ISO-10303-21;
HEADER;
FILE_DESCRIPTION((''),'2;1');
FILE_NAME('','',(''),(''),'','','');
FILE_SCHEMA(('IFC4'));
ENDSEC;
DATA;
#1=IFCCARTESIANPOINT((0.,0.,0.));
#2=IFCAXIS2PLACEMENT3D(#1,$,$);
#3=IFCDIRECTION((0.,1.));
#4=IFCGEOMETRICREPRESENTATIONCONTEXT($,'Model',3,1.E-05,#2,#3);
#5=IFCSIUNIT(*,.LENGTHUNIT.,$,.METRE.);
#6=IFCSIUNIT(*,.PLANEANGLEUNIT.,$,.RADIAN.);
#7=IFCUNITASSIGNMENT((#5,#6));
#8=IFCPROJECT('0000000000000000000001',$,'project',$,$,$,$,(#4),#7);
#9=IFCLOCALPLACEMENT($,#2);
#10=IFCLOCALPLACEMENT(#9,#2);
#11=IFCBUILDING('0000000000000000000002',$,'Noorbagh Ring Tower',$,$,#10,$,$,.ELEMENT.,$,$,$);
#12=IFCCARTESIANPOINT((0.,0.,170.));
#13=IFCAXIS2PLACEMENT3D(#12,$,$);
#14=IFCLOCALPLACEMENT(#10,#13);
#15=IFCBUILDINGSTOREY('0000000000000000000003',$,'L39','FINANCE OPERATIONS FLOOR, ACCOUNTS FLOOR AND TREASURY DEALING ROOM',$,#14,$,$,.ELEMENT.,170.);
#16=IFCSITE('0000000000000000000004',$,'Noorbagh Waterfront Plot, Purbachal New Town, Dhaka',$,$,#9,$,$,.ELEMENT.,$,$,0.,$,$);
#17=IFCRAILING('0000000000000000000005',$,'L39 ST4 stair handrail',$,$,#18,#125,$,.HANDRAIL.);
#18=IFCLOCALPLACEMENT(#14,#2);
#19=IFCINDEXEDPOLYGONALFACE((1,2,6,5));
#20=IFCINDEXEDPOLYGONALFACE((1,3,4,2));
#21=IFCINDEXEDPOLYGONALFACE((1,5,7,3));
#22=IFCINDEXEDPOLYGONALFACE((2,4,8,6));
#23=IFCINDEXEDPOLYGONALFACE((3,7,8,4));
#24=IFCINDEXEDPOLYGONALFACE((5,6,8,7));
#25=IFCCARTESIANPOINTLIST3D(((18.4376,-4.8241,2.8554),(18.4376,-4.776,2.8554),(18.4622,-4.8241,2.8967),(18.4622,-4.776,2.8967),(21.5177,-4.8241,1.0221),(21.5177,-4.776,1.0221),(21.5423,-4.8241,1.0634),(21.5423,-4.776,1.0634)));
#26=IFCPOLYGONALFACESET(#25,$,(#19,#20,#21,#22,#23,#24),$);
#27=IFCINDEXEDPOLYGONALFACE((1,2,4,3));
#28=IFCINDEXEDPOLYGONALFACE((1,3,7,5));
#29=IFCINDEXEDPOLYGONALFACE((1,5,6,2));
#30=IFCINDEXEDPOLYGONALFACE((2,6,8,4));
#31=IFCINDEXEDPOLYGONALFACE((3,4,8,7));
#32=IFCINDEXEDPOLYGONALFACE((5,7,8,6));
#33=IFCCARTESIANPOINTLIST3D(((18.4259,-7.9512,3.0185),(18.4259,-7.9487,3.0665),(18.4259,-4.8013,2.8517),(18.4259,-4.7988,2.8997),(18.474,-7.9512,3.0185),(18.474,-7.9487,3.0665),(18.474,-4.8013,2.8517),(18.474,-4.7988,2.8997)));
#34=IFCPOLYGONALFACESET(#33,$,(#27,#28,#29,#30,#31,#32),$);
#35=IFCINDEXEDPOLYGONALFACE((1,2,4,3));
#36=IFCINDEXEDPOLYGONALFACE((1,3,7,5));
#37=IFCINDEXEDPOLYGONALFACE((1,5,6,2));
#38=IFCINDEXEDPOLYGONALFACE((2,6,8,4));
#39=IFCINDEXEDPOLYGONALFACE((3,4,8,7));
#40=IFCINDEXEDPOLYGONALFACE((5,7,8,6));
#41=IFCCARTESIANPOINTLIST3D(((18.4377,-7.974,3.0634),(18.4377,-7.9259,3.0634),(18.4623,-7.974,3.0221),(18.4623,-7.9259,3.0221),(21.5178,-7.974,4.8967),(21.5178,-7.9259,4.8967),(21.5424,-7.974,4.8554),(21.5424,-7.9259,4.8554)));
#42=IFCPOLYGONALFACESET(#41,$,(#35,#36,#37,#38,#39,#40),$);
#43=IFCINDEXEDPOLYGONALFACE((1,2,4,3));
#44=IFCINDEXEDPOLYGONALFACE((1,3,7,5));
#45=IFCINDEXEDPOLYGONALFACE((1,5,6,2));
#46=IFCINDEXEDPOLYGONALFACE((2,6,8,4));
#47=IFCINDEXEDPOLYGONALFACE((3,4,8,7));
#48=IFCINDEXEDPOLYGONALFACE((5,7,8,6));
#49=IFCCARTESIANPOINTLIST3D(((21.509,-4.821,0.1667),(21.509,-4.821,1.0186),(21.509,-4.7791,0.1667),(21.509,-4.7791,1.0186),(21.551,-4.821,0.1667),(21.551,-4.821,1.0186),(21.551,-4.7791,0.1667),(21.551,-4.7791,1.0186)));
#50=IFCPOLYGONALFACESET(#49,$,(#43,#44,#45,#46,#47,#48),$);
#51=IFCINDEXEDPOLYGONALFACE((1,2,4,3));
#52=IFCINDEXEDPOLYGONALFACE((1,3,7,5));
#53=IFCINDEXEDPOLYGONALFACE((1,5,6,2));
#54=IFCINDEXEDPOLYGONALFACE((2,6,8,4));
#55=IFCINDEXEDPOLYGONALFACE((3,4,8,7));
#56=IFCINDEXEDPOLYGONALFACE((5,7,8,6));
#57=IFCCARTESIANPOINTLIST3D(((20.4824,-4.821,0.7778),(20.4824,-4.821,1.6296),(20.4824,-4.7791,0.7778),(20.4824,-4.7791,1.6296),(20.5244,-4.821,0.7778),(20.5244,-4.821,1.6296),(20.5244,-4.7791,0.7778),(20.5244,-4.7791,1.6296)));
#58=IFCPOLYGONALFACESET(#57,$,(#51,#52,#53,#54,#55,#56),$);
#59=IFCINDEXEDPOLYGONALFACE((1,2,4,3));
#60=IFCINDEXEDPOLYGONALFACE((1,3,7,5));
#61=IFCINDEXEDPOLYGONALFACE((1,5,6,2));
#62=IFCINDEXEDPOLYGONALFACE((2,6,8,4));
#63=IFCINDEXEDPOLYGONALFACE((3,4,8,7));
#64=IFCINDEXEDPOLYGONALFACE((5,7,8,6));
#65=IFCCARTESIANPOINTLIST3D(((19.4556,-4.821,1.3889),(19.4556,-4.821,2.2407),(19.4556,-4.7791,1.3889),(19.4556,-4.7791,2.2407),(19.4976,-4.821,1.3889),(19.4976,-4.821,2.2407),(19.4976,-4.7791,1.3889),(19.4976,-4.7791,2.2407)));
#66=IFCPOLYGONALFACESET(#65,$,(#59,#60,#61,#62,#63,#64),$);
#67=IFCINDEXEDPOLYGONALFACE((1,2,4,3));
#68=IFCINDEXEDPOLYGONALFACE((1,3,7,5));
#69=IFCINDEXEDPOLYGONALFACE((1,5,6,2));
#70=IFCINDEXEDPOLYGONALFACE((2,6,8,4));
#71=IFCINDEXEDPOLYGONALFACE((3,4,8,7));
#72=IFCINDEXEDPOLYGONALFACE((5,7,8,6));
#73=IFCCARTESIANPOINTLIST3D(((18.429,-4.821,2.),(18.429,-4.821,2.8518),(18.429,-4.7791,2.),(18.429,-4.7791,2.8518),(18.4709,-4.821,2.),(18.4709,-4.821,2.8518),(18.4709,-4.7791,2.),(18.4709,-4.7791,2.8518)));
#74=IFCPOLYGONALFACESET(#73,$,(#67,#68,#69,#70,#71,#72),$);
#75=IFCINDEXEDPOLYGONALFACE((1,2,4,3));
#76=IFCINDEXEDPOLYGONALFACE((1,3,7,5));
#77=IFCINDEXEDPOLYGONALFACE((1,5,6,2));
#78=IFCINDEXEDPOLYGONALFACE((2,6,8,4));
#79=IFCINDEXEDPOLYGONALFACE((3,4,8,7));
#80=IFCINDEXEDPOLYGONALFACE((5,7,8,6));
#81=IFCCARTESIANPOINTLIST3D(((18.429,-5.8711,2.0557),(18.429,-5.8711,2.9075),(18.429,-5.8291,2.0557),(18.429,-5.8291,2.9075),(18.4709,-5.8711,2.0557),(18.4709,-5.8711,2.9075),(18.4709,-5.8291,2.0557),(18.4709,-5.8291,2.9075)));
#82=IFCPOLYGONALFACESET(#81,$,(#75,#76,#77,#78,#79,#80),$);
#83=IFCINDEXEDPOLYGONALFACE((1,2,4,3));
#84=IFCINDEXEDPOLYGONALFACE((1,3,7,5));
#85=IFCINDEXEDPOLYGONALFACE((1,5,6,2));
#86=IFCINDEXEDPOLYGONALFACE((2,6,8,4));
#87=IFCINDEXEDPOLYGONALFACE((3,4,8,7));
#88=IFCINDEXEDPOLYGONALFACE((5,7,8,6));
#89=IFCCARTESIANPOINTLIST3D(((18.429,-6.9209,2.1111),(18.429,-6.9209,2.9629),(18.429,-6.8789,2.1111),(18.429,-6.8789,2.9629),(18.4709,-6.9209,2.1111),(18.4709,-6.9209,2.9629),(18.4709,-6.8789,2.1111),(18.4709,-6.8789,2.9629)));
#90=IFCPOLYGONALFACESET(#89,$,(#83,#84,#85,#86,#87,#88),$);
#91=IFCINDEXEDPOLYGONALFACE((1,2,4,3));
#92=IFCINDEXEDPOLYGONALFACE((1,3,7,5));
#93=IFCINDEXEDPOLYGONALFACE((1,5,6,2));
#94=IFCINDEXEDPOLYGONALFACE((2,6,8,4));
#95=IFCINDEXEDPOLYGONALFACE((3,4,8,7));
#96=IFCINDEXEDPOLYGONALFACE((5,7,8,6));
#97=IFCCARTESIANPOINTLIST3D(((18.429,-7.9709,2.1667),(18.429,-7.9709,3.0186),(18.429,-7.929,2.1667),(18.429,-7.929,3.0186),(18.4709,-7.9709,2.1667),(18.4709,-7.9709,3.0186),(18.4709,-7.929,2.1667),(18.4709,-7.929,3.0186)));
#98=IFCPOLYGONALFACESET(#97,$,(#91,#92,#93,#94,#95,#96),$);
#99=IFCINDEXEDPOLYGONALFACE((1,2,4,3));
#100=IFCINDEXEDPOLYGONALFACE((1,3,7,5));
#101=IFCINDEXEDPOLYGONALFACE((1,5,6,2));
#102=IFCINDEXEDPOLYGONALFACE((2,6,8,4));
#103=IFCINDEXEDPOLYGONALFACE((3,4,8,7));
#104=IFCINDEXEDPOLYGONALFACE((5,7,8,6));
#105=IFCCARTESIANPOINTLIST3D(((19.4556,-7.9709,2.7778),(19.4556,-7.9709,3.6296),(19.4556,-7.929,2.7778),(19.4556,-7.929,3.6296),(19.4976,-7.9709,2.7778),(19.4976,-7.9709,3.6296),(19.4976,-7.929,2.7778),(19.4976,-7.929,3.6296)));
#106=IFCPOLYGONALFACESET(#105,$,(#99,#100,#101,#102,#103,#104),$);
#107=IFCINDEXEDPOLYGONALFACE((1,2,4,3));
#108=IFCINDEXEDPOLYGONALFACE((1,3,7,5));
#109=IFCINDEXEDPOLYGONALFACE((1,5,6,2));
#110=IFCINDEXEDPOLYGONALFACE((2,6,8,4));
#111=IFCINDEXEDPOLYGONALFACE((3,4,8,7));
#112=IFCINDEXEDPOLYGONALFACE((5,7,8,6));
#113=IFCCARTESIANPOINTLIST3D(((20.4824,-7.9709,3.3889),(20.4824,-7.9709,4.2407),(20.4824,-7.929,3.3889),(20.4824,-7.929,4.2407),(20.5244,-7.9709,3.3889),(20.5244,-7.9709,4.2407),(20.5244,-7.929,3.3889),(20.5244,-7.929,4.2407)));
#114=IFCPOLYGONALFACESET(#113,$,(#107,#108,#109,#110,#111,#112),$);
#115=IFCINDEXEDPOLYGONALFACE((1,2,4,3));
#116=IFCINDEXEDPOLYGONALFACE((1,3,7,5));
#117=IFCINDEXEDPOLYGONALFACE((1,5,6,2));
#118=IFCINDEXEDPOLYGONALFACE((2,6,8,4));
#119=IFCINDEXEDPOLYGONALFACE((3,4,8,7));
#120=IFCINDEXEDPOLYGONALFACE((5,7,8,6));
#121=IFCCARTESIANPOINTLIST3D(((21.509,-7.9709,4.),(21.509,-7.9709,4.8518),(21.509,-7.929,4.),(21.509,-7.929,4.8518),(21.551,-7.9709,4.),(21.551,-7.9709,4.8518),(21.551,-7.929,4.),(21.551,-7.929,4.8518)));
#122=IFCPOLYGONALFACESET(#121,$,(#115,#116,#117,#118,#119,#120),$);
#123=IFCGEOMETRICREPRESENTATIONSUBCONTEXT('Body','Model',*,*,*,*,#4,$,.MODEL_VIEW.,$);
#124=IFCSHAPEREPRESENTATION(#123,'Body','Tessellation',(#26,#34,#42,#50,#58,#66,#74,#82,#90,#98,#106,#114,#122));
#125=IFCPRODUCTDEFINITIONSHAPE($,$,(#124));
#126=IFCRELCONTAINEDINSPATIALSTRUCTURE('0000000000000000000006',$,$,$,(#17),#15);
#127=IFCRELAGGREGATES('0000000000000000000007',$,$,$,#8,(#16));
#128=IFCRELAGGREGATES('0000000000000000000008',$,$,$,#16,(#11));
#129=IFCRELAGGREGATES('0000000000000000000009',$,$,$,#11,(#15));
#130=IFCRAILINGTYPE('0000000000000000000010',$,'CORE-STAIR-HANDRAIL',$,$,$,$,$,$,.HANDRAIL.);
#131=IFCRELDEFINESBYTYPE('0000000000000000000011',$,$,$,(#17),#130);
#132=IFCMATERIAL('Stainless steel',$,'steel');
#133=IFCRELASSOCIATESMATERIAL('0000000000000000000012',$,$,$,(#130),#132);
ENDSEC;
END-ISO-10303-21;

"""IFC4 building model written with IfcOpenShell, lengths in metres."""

from ifc_helpers import new_model, si_unit, direction, frame, origin, origin_2d, place, context, subcontext, project, spatial, rectangle, extrude, material, type_object, element, save


model = new_model("IFC4")

# Units and contexts
model_context = context("Model", 3, precision=1e-05, world=origin(), true_north=direction((0.0, 1.0)))
body_context = subcontext(model_context, "Body", "Model", "MODEL_VIEW")
ifc_project = project(units=[si_unit("LENGTHUNIT", "METRE"), si_unit("PLANEANGLEUNIT", "RADIAN")], contexts=[model_context])

# Site, building, storey
site_placement = place(None, origin())
site = spatial("IfcSite", under=ifc_project, at=site_placement, Name="Noorbagh Waterfront Plot, Purbachal New Town, Dhaka", CompositionType="ELEMENT", RefElevation=0.0)
building_placement = place(site_placement, origin())
building = spatial("IfcBuilding", under=site, at=building_placement, Name="Noorbagh Ring Tower", CompositionType="ELEMENT")
storey_placement = place(building_placement, frame((0.0, 0.0, 170.0)))
storey = spatial("IfcBuildingStorey", under=building, at=storey_placement, Name="L39", Description="FINANCE OPERATIONS FLOOR, ACCOUNTS FLOOR AND TREASURY DEALING ROOM", CompositionType="ELEMENT", Elevation=170.0)

# Railing
ifc_material_1 = material(Name="Stainless steel", Category="steel")
railing_type_1 = type_object("IfcRailingType", Name="CORE-STAIR-HANDRAIL", PredefinedType="HANDRAIL", material=ifc_material_1)
railing_1_placement = place(storey_placement, frame((21.53, -4.8, 0.1667)))
element("IfcRailing", 1, at=railing_1_placement, inside=storey, type_object=railing_type_1, Name="L39 ST4 stair handrail", PredefinedType="HANDRAIL", context=body_context, shape_type="SweptSolid", body=[
    extrude(rectangle(XDim=0.0481, YDim=0.0481, at=origin_2d()), frame((0.0, 0.0, 0.876), z_axis=(-0.859309, 0.0, 0.511458), x_axis=(0.0, -1.0, 0.0)), (0.0, 0.0, 1.0), 3.5845),
    extrude(rectangle(XDim=0.0481, YDim=0.0481, at=origin_2d()), frame((-3.0801, 0.0, 2.709), z_axis=(0.0, -0.998602, 0.052864), x_axis=(1.0, 0.0, 0.0)), (0.0, 0.0, 1.0), 3.1543),
    extrude(rectangle(XDim=0.0481, YDim=0.0481, at=origin_2d()), frame((-3.0801, -3.1499, 2.876), z_axis=(0.859309, 0.0, 0.511458), x_axis=(0.0, 1.0, 0.0)), (0.0, 0.0, 1.0), 3.5845),
    extrude(rectangle(XDim=0.042, YDim=0.042, at=origin_2d()), origin(), (0.0, 0.0, 1.0), 0.8518),
    extrude(rectangle(XDim=0.042, YDim=0.042, at=origin_2d()), frame((-1.0266, 0.0, 0.6111)), (0.0, 0.0, 1.0), 0.8518),
    extrude(rectangle(XDim=0.042, YDim=0.042, at=origin_2d()), frame((-2.0535, 0.0, 1.2222)), (0.0, 0.0, 1.0), 0.8518),
    extrude(rectangle(XDim=0.042, YDim=0.042, at=origin_2d()), frame((-3.0801, 0.0, 1.8333)), (0.0, 0.0, 1.0), 0.8518),
    extrude(rectangle(XDim=0.042, YDim=0.042, at=origin_2d()), frame((-3.0801, -1.05, 1.8889)), (0.0, 0.0, 1.0), 0.8518),
    extrude(rectangle(XDim=0.042, YDim=0.042, at=origin_2d()), frame((-3.0801, -2.0999, 1.9443)), (0.0, 0.0, 1.0), 0.8518),
    extrude(rectangle(XDim=0.042, YDim=0.042, at=origin_2d()), frame((-3.0801, -3.1499, 2.0)), (0.0, 0.0, 1.0), 0.8518),
    extrude(rectangle(XDim=0.042, YDim=0.042, at=origin_2d()), frame((-2.0535, -3.1499, 2.6111)), (0.0, 0.0, 1.0), 0.8518),
    extrude(rectangle(XDim=0.042, YDim=0.042, at=origin_2d()), frame((-1.0266, -3.1499, 3.2222)), (0.0, 0.0, 1.0), 0.8518),
    extrude(rectangle(XDim=0.042, YDim=0.042, at=origin_2d()), frame((0.0, -3.1499, 3.8333)), (0.0, 0.0, 1.0), 0.8518),
])

save(model, "model.ifc")
